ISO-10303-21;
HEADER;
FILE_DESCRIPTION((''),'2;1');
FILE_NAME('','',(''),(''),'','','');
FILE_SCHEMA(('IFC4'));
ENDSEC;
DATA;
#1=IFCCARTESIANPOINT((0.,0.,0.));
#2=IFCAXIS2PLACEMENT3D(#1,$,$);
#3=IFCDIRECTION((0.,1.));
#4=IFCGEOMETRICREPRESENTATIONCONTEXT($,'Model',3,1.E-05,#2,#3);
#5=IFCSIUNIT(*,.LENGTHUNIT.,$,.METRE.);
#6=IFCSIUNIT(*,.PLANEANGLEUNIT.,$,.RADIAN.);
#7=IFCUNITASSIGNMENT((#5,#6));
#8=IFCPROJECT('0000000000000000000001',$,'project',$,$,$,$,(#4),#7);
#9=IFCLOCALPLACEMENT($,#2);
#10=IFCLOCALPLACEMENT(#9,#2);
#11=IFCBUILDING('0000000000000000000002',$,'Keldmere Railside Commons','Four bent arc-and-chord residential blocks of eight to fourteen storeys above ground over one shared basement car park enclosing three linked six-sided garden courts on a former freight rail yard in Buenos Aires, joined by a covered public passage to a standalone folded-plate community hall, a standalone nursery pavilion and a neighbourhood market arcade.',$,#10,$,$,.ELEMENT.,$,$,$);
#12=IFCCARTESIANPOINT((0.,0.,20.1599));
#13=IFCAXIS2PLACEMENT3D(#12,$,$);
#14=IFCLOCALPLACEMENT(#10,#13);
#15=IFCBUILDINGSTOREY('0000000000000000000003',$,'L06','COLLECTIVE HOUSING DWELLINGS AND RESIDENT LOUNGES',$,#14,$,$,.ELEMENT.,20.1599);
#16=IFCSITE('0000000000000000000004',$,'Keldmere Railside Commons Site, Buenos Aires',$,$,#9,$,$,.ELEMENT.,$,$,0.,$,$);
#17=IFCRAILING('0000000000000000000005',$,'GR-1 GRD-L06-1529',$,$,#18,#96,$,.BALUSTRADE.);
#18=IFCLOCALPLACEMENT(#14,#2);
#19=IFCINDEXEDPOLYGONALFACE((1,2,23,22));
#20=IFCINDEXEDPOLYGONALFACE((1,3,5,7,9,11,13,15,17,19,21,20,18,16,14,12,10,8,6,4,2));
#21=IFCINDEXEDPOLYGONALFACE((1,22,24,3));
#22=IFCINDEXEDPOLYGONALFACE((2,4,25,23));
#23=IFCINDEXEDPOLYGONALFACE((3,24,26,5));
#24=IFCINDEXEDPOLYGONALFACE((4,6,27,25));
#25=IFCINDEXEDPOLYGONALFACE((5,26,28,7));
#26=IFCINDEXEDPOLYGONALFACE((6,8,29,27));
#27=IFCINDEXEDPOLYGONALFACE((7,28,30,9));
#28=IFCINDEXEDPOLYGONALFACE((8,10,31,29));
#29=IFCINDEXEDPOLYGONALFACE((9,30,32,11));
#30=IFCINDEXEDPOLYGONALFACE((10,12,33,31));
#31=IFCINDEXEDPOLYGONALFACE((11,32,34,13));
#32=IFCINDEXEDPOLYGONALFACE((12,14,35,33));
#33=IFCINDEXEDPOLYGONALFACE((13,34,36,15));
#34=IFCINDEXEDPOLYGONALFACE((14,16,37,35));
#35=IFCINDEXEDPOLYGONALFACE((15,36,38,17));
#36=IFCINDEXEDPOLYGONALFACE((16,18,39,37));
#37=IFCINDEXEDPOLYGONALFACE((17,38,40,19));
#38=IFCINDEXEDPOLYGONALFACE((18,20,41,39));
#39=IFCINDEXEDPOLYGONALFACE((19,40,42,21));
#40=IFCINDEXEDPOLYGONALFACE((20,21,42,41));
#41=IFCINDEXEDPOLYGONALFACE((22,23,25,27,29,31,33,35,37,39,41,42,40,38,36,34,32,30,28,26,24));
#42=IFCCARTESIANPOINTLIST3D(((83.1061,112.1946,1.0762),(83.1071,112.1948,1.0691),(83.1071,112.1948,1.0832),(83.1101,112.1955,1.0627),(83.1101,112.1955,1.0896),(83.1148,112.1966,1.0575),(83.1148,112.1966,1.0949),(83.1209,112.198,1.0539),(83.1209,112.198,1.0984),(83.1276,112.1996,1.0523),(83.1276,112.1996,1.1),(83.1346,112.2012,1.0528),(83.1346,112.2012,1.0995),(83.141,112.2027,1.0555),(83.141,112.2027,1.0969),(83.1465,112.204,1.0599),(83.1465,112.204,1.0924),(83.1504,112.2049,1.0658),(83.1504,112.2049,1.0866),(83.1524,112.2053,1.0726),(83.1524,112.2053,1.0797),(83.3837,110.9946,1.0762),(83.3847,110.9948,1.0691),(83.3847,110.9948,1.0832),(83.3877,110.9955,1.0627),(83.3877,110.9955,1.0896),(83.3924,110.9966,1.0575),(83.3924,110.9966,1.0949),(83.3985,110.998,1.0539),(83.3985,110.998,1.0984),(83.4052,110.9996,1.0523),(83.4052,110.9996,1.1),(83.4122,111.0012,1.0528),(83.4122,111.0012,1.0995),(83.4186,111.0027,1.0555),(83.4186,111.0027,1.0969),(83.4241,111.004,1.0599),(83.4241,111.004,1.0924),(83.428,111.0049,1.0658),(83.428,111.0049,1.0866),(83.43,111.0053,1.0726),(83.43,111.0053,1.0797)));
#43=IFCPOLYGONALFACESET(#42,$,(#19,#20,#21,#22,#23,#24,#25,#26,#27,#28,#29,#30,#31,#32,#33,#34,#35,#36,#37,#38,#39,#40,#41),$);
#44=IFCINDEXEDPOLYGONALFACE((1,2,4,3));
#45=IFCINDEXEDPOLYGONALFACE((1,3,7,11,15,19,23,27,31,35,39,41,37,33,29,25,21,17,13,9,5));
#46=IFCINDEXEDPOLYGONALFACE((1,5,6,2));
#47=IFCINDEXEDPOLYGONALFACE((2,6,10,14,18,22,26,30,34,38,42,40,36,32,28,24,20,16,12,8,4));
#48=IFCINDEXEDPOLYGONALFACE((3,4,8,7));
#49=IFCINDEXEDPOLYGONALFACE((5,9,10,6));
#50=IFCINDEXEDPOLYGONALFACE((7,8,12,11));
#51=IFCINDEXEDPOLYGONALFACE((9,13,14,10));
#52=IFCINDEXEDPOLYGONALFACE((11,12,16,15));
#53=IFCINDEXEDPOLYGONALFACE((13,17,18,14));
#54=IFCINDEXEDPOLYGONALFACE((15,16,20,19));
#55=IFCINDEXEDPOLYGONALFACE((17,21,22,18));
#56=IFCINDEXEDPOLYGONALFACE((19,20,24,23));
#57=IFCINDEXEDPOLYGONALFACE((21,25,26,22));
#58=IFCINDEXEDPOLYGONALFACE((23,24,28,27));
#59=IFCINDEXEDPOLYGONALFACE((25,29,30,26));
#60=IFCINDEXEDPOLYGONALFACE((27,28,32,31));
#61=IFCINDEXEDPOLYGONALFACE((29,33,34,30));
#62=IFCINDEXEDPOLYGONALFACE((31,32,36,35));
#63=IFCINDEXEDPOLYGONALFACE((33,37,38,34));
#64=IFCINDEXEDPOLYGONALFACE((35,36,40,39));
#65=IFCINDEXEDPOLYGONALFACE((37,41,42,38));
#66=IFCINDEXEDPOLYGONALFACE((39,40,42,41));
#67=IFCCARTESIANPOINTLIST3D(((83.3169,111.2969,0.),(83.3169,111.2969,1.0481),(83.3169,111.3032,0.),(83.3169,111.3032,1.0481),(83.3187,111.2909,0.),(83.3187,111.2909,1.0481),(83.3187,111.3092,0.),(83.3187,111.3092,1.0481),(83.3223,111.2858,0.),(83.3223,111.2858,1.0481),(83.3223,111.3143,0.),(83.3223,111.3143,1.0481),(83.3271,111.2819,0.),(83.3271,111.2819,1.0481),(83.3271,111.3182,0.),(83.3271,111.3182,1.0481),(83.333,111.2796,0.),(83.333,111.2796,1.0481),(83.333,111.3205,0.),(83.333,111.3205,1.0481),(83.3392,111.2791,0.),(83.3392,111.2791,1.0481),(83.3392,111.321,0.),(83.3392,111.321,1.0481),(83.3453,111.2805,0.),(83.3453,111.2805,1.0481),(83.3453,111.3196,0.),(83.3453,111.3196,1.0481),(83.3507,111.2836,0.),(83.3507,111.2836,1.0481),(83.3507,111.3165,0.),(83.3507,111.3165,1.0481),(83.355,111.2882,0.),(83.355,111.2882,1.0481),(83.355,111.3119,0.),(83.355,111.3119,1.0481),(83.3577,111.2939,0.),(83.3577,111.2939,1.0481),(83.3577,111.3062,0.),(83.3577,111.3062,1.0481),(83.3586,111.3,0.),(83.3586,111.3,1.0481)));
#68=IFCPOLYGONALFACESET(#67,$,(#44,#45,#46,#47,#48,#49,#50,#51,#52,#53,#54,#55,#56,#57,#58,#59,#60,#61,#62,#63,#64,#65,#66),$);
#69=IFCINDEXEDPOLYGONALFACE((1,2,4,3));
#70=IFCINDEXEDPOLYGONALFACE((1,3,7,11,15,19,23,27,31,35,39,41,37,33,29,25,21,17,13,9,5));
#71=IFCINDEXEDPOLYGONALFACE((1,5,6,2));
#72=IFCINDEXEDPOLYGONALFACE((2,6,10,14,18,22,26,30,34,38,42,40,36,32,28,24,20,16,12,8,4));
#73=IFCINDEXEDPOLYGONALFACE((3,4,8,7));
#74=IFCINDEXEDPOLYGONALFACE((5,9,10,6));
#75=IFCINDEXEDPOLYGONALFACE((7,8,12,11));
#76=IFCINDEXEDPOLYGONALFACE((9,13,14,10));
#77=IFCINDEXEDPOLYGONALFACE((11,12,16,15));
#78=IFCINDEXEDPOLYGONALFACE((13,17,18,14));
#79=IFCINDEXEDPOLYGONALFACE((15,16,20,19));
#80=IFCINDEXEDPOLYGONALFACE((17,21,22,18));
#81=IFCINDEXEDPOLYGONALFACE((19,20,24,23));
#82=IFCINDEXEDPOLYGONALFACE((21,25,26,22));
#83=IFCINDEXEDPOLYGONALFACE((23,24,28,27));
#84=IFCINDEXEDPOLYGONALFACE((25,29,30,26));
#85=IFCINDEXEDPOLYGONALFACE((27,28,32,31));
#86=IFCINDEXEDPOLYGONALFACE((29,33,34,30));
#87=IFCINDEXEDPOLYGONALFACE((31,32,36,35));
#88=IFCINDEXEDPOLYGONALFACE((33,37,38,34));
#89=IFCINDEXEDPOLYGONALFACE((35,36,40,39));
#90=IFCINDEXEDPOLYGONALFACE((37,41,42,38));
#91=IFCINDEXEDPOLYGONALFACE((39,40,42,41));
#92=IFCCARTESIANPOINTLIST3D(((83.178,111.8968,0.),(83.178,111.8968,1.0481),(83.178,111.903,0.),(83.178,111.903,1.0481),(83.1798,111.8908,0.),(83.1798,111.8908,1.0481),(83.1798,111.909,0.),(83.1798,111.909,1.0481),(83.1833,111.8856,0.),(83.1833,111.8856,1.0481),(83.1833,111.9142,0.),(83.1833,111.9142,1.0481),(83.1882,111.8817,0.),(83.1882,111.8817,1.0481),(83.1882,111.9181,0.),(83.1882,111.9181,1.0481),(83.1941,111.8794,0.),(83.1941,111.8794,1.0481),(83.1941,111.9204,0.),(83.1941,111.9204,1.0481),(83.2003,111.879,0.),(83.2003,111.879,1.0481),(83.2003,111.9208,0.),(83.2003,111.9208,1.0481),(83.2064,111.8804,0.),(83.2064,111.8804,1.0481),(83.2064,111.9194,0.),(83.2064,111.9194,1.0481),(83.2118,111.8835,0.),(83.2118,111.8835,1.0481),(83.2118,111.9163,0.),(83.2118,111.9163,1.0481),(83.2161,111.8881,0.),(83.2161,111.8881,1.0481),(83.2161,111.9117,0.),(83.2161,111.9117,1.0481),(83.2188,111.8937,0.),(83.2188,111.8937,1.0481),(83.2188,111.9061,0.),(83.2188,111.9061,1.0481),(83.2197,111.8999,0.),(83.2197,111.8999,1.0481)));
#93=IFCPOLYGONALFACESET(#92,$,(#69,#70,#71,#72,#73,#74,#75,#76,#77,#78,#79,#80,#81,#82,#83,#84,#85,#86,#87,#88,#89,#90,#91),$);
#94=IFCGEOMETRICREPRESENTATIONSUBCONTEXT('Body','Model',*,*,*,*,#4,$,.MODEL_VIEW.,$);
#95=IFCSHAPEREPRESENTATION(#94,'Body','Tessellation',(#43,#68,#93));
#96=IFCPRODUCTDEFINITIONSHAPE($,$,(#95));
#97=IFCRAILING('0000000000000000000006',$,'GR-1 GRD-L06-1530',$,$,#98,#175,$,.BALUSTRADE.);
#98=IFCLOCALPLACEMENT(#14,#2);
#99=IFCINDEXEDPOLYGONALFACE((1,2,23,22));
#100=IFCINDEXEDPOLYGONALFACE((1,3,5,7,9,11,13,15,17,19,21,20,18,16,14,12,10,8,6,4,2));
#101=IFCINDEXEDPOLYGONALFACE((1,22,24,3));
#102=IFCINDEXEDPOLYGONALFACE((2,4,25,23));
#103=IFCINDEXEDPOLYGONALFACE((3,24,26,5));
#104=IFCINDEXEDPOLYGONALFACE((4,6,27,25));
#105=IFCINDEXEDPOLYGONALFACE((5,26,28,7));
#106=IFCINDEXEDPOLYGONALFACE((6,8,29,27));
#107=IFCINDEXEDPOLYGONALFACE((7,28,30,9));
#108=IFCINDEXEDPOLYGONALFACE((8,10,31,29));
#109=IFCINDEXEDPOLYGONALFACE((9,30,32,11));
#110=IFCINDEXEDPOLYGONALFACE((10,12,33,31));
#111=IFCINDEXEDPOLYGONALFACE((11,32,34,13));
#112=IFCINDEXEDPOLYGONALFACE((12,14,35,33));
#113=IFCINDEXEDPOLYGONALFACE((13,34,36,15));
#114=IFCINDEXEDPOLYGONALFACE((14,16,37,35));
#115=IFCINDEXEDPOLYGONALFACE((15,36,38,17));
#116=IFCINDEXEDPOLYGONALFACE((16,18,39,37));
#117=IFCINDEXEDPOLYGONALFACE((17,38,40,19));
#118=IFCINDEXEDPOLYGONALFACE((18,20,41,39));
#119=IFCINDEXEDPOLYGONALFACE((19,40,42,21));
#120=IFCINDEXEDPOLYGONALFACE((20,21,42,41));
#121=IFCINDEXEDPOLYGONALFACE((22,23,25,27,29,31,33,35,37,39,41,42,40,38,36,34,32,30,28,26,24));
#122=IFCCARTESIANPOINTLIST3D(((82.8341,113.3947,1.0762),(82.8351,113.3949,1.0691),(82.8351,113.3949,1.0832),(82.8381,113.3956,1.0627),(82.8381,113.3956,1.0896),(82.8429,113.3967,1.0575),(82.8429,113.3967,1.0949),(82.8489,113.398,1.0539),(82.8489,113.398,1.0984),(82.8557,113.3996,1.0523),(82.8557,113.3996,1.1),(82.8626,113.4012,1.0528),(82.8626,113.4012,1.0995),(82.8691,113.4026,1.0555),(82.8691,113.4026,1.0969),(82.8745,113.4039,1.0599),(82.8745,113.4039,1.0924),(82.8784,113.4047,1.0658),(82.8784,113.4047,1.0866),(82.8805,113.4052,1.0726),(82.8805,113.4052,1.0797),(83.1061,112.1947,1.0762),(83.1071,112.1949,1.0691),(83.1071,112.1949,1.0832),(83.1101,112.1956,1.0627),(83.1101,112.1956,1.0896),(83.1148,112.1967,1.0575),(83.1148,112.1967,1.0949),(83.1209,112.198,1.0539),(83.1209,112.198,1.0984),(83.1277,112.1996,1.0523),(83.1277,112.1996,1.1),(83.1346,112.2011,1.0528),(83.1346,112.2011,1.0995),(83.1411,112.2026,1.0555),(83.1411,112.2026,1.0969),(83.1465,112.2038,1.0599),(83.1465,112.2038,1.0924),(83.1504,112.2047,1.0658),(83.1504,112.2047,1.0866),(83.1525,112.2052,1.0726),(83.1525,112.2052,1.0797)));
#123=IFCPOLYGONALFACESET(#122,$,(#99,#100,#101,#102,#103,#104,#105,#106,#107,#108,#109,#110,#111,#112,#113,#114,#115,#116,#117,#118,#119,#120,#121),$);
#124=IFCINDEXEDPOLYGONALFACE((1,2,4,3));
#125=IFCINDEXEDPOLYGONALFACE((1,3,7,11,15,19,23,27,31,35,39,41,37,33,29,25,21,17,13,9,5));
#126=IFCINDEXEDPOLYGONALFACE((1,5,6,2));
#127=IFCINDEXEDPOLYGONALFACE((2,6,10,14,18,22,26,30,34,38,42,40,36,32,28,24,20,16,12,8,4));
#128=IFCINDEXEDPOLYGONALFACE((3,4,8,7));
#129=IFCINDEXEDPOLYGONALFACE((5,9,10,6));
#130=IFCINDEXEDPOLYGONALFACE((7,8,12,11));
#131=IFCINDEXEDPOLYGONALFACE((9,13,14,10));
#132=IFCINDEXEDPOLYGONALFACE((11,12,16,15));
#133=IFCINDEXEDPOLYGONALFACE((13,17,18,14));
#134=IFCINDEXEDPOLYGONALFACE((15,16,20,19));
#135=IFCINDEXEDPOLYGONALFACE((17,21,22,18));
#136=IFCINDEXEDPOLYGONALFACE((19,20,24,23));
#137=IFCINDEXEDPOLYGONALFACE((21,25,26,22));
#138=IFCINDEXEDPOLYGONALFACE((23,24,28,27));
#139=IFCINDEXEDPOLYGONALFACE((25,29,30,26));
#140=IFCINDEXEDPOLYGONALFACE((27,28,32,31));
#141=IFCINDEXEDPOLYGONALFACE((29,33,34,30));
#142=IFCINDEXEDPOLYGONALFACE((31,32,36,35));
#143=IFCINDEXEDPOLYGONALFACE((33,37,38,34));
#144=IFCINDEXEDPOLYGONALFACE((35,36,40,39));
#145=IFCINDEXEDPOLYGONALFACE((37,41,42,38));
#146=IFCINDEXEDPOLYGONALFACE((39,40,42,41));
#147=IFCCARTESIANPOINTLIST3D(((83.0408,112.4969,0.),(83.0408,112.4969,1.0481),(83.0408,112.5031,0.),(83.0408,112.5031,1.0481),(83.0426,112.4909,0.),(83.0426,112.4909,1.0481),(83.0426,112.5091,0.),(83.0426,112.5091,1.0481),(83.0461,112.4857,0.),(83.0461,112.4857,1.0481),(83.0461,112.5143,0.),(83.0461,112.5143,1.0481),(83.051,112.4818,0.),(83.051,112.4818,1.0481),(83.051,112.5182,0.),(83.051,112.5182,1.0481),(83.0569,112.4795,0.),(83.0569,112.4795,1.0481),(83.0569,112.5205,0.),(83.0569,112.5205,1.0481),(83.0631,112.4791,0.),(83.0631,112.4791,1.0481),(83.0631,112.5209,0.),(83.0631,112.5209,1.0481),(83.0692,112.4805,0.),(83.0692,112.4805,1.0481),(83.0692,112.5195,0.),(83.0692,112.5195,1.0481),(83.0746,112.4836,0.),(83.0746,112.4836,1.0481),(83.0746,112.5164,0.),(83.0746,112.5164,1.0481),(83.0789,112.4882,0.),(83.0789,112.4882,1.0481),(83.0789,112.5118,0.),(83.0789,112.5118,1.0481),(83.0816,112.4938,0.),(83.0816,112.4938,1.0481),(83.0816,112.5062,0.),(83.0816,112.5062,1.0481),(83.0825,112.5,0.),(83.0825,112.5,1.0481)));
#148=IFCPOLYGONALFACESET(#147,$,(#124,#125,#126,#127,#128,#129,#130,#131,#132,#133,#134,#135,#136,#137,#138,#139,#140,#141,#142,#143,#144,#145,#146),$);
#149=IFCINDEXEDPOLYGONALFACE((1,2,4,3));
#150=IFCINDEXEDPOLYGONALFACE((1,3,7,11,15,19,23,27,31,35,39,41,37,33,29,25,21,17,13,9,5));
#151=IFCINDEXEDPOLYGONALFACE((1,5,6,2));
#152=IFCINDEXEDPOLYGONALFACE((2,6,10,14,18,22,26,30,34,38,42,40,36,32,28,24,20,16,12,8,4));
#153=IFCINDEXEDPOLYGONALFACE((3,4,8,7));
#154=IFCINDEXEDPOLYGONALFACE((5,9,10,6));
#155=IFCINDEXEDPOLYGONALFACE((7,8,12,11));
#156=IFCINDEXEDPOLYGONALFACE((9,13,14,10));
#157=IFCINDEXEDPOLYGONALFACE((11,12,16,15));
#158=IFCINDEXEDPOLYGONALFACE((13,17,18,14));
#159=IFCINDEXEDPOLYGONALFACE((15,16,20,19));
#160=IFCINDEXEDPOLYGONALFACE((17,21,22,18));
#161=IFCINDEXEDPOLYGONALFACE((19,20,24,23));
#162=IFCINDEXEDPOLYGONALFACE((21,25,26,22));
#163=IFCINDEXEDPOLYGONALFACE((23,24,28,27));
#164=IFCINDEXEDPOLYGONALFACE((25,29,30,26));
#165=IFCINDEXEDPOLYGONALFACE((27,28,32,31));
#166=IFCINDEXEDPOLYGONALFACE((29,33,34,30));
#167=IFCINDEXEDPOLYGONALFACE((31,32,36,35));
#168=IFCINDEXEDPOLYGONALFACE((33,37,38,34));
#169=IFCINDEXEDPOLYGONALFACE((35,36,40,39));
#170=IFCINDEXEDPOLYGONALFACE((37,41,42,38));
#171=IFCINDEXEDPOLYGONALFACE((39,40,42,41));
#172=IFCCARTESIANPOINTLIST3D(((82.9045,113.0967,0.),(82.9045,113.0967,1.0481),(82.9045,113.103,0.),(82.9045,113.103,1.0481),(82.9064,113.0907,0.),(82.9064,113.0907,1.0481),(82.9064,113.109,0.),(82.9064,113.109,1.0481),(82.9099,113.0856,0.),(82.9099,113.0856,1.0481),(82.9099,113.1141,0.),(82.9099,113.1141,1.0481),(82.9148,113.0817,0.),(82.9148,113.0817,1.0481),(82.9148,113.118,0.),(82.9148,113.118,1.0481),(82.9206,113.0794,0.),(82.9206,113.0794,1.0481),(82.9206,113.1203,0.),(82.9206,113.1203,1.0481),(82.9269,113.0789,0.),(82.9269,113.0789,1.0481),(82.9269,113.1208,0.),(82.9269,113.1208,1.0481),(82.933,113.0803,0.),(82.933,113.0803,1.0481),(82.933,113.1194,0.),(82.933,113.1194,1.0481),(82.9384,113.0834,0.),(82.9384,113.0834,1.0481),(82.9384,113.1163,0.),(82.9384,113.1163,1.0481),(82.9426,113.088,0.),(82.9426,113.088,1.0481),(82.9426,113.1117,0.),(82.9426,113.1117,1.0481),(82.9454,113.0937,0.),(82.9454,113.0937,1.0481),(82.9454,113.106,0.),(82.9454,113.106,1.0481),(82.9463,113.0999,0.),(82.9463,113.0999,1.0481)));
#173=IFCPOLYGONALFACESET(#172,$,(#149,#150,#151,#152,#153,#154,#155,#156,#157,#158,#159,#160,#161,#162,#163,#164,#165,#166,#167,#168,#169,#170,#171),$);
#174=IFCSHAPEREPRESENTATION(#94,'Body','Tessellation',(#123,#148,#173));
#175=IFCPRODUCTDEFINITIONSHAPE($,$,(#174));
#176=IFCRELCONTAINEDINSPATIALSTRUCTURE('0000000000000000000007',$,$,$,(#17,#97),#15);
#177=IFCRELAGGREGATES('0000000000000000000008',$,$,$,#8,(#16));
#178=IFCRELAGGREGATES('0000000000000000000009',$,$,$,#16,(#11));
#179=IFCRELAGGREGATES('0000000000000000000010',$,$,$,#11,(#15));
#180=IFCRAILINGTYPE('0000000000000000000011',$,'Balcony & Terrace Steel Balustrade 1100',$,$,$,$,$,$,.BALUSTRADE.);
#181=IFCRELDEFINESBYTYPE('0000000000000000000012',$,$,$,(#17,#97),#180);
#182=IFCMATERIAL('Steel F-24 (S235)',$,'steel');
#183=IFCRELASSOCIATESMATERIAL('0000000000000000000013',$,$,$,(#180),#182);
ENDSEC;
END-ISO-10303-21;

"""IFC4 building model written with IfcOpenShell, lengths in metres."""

from ifc_helpers import new_model, si_unit, direction, frame, origin, origin_2d, place, context, subcontext, project, spatial, circle, extrude, material, type_object, element, save


model = new_model("IFC4")

# Units and contexts
model_context = context("Model", 3, precision=1e-05, world=origin(), true_north=direction((0.0, 1.0)))
body_context = subcontext(model_context, "Body", "Model", "MODEL_VIEW")
ifc_project = project(units=[si_unit("LENGTHUNIT", "METRE"), si_unit("PLANEANGLEUNIT", "RADIAN")], contexts=[model_context])

# Site, building, storey
site_placement = place(None, origin())
site = spatial("IfcSite", under=ifc_project, at=site_placement, Name="Keldmere Railside Commons Site, Buenos Aires", CompositionType="ELEMENT", RefElevation=0.0)
building_placement = place(site_placement, origin())
building = spatial("IfcBuilding", under=site, at=building_placement, Name="Keldmere Railside Commons", Description="Four bent arc-and-chord residential blocks of eight to fourteen storeys above ground over one shared basement car park enclosing three linked six-sided garden courts on a former freight rail yard in Buenos Aires, joined by a covered public passage to a standalone folded-plate community hall, a standalone nursery pavilion and a neighbourhood market arcade.", CompositionType="ELEMENT")
storey_placement = place(building_placement, frame((0.0, 0.0, 20.1599)))
storey = spatial("IfcBuildingStorey", under=building, at=storey_placement, Name="L06", Description="COLLECTIVE HOUSING DWELLINGS AND RESIDENT LOUNGES", CompositionType="ELEMENT", Elevation=20.1599)

# Railings
ifc_material_1 = material(Name="Steel F-24 (S235)", Category="steel")
railing_type = type_object("IfcRailingType", Name="Balcony & Terrace Steel Balustrade 1100", PredefinedType="BALUSTRADE", material=ifc_material_1)
railing_1_placement = place(storey_placement, frame((83.407, 111.0, 0.0)))
element("IfcRailing", 1, at=railing_1_placement, inside=storey, type_object=railing_type, Name="GR-1 GRD-L06-1529", PredefinedType="BALUSTRADE", context=body_context, shape_type="SweptSolid", body=[
    extrude(circle(Radius=0.0239, at=origin_2d()), frame((0.0, 0.0, 1.0762), z_axis=(-0.225381, 0.974271, 0.0), x_axis=(-0.974271, -0.225381, 0.0)), (0.0, 0.0, 1.0), 1.2317),
    extrude(circle(Radius=0.021, at=origin_2d()), frame((-0.0693, 0.3, 0.0)), (0.0, 0.0, 1.0), 1.0481),
    extrude(circle(Radius=0.021, at=origin_2d()), frame((-0.2083, 0.8999, 0.0)), (0.0, 0.0, 1.0), 1.0481),
])
railing_2_placement = place(storey_placement, frame((83.1294, 112.2, 0.0)))
element("IfcRailing", 2, at=railing_2_placement, inside=storey, type_object=railing_type, Name="GR-1 GRD-L06-1530", PredefinedType="BALUSTRADE", context=body_context, shape_type="SweptSolid", body=[
    extrude(circle(Radius=0.0239, at=origin_2d()), frame((0.0, 0.0, 1.0762), z_axis=(-0.221046, 0.975263, 0.0), x_axis=(-0.975263, -0.221046, 0.0)), (0.0, 0.0, 1.0), 1.2305),
    extrude(circle(Radius=0.021, at=origin_2d()), frame((-0.0679, 0.3, 0.0)), (0.0, 0.0, 1.0), 1.0481),
    extrude(circle(Radius=0.021, at=origin_2d()), frame((-0.2041, 0.8999, 0.0)), (0.0, 0.0, 1.0), 1.0481),
])

save(model, "model.ifc")
